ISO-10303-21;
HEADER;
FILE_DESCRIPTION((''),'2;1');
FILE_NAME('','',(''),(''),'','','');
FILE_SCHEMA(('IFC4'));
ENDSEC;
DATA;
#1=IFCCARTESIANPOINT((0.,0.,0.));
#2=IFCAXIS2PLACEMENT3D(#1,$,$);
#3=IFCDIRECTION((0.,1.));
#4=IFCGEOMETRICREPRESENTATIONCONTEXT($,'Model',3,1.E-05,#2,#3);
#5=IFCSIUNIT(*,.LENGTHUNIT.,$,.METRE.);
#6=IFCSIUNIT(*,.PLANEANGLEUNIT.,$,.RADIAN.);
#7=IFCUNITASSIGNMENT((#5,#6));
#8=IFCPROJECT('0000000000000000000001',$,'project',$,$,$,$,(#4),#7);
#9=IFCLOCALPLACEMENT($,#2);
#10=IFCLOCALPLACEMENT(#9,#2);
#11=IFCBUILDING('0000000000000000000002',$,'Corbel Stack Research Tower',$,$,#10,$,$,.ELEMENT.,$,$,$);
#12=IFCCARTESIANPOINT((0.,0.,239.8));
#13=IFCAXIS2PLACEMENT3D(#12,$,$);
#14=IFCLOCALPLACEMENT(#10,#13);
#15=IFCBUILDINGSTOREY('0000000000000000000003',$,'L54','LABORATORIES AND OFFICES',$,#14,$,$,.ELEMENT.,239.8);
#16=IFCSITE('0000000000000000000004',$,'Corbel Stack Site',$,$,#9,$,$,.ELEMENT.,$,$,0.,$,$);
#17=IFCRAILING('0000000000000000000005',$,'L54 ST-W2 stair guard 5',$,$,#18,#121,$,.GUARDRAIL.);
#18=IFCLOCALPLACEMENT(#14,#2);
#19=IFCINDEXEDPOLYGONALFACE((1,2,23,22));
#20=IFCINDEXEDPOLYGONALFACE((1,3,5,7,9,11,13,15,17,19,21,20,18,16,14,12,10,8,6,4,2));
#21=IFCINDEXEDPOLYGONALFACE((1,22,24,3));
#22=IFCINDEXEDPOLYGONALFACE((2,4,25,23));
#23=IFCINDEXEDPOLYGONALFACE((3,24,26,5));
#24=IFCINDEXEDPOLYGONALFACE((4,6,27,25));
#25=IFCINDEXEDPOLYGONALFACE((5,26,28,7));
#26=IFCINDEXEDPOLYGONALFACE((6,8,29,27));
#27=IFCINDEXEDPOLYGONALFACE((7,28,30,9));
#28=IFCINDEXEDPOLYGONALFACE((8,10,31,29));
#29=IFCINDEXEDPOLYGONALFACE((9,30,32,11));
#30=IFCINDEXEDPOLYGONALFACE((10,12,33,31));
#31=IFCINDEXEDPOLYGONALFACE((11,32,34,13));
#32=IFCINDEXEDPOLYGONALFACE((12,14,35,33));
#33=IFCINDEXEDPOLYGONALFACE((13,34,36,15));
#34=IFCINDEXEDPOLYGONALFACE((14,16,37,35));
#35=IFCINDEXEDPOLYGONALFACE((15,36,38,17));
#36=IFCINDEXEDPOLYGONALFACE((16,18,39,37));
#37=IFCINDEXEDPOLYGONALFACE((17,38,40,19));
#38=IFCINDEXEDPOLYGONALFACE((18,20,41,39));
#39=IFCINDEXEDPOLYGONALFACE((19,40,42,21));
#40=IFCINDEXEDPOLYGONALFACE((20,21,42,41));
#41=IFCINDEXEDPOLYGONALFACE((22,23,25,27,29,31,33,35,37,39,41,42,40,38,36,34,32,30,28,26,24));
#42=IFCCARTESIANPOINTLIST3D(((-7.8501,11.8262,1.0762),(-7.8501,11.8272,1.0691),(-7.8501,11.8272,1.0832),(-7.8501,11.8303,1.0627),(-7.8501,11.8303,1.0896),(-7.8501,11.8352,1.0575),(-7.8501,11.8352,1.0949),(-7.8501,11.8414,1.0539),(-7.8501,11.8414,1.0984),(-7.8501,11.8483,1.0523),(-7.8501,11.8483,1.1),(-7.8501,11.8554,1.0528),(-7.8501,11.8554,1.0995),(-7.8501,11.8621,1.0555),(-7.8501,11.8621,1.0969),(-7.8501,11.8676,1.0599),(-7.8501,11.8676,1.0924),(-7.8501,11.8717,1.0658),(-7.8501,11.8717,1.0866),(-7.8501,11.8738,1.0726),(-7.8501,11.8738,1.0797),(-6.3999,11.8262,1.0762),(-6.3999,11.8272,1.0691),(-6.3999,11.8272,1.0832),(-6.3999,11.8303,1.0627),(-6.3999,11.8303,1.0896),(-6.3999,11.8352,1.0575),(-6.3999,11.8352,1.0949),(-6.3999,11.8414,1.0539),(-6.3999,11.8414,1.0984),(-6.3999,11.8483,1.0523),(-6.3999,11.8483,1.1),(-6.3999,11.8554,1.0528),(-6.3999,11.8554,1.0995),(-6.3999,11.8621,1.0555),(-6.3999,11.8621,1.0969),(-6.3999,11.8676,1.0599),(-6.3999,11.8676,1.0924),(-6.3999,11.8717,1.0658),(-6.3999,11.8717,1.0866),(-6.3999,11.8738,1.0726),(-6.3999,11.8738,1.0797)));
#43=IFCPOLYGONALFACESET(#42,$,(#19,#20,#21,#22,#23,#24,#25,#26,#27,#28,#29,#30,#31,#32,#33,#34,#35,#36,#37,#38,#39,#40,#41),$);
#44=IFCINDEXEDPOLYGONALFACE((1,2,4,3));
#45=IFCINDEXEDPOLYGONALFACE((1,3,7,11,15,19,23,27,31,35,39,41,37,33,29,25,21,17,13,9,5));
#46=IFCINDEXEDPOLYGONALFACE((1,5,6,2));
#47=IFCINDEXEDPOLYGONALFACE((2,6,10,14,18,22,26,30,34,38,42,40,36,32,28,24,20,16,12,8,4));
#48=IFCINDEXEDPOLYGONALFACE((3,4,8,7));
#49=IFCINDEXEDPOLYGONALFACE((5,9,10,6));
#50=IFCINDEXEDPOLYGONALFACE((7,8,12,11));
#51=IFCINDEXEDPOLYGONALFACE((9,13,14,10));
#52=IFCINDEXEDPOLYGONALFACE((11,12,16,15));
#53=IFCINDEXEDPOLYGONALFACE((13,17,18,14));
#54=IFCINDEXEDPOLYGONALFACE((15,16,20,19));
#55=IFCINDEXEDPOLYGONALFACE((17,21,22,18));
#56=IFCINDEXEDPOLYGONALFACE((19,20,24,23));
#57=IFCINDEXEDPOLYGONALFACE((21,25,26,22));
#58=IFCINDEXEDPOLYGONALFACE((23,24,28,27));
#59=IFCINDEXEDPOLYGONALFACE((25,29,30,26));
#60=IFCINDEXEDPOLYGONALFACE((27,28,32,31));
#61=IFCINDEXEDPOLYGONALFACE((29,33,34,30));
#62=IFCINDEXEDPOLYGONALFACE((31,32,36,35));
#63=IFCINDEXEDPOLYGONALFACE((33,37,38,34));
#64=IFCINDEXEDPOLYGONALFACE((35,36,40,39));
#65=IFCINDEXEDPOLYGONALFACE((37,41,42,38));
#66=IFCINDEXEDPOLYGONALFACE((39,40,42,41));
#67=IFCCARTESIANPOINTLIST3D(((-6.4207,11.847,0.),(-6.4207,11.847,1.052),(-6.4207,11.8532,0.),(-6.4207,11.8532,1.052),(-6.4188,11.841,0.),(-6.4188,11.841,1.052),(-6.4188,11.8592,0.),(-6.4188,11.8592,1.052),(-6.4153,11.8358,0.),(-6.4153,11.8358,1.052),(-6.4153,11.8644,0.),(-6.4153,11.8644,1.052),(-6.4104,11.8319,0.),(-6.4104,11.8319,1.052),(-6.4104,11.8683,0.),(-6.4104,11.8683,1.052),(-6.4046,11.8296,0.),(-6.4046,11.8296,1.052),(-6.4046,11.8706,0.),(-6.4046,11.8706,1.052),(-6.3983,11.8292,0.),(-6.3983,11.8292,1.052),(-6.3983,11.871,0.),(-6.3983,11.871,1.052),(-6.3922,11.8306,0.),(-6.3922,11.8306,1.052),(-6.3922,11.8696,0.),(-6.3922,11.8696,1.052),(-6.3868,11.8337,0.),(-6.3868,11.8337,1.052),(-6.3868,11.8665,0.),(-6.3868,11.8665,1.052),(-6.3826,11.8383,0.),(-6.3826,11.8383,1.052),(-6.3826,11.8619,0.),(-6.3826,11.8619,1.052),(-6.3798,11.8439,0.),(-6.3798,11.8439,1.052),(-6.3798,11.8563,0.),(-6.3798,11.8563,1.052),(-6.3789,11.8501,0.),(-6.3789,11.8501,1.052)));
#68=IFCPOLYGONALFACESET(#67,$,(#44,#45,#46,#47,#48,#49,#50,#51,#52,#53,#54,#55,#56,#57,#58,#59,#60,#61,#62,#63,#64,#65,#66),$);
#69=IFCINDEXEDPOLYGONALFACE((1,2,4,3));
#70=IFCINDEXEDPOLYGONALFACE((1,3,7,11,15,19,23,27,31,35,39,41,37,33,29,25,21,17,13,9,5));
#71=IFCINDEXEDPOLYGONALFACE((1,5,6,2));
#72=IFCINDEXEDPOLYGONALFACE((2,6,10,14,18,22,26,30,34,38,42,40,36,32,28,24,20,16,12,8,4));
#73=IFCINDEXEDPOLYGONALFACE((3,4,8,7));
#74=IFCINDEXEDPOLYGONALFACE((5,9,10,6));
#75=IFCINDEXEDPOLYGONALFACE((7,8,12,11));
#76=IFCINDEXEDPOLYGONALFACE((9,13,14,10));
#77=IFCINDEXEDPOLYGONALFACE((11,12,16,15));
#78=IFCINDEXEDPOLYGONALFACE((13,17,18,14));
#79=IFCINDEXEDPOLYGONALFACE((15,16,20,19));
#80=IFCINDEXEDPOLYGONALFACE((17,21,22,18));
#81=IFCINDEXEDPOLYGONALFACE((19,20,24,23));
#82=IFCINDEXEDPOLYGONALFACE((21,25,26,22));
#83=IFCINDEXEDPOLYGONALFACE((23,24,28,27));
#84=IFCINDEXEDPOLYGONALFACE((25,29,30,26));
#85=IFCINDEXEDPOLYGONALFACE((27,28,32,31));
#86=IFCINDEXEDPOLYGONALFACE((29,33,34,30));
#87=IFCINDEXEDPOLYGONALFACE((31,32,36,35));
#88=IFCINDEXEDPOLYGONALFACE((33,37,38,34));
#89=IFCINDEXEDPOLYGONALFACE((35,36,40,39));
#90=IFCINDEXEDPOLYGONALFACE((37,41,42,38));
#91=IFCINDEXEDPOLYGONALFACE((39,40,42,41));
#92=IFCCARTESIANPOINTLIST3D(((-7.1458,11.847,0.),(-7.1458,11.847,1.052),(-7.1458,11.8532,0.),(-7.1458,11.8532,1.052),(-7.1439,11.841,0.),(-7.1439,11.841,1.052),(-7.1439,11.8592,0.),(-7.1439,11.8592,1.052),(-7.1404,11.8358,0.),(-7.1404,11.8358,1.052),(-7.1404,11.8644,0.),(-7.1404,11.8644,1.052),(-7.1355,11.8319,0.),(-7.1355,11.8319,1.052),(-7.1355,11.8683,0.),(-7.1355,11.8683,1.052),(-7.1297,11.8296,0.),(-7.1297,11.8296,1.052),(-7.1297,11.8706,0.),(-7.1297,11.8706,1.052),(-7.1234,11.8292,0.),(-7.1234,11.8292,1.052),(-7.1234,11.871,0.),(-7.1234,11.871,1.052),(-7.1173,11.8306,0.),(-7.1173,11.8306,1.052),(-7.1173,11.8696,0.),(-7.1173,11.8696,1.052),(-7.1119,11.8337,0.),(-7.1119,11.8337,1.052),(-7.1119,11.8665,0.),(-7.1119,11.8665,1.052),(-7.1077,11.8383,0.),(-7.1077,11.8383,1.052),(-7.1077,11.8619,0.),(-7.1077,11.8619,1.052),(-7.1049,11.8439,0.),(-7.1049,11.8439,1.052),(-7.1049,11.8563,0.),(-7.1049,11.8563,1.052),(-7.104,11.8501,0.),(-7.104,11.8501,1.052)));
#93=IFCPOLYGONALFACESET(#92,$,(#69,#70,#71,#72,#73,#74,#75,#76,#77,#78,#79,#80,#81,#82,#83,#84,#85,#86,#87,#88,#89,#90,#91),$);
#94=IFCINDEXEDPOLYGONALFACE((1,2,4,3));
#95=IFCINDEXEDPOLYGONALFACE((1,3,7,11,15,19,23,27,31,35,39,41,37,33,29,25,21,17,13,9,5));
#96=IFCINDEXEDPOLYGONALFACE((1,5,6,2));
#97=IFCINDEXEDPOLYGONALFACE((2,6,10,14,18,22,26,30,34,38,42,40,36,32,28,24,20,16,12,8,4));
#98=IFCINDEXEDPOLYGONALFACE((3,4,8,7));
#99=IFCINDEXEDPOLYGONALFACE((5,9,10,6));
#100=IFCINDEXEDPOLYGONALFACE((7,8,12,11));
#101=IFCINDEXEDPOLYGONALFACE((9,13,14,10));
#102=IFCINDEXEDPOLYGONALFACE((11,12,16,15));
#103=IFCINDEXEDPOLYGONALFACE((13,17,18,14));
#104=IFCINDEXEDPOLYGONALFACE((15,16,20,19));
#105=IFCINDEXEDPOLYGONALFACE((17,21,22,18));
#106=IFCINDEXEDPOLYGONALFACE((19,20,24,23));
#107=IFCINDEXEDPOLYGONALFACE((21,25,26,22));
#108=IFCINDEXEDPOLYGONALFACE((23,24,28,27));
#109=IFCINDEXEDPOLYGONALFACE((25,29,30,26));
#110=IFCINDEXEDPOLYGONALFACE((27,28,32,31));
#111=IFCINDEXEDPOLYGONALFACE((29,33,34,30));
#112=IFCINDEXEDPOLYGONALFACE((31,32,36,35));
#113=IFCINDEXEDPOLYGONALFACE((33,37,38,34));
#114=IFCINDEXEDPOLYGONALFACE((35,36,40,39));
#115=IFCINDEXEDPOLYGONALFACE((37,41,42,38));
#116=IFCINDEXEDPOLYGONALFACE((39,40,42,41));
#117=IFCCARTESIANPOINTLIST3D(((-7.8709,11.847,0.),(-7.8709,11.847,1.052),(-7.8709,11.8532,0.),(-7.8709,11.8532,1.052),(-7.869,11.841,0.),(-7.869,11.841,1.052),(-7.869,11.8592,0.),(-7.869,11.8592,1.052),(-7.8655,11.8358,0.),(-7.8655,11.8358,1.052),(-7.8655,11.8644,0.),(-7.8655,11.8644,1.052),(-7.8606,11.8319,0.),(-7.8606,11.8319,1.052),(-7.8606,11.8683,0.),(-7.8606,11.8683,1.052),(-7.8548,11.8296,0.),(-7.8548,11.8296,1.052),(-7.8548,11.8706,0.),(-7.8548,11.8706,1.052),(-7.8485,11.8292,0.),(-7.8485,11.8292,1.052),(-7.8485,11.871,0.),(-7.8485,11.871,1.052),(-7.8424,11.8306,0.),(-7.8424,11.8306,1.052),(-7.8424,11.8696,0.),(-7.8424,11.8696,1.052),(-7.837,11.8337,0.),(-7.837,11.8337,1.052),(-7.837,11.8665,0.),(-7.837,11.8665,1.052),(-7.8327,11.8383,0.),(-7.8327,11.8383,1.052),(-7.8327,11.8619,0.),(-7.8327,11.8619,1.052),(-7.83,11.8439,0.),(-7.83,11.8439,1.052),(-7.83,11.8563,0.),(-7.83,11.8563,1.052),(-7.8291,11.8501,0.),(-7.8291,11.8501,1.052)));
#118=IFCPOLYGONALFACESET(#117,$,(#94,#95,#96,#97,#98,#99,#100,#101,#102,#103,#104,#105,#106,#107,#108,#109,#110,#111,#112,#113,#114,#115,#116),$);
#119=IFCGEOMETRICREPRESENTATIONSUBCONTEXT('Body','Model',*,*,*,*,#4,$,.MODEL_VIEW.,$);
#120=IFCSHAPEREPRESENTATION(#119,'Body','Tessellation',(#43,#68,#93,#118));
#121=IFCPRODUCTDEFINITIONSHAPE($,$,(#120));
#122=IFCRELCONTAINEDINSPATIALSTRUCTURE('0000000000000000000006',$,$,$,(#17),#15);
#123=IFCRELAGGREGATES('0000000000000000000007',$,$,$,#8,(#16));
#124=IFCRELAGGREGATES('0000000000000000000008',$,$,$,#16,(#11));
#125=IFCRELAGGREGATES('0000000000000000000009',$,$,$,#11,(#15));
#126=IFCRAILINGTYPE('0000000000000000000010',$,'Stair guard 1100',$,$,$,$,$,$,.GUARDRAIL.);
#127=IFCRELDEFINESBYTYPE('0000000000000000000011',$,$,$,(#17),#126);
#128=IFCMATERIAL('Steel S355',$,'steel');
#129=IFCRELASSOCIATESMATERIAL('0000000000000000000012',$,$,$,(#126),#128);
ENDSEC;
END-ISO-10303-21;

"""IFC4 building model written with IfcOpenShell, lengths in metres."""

from ifc_helpers import new_model, si_unit, direction, frame, origin, origin_2d, place, context, subcontext, project, spatial, circle, extrude, material, type_object, element, save


model = new_model("IFC4")

# Units and contexts
model_context = context("Model", 3, precision=1e-05, world=origin(), true_north=direction((0.0, 1.0)))
body_context = subcontext(model_context, "Body", "Model", "MODEL_VIEW")
ifc_project = project(units=[si_unit("LENGTHUNIT", "METRE"), si_unit("PLANEANGLEUNIT", "RADIAN")], contexts=[model_context])

# Site, building, storey
site_placement = place(None, origin())
site = spatial("IfcSite", under=ifc_project, at=site_placement, Name="Corbel Stack Site", CompositionType="ELEMENT", RefElevation=0.0)
building_placement = place(site_placement, origin())
building = spatial("IfcBuilding", under=site, at=building_placement, Name="Corbel Stack Research Tower", CompositionType="ELEMENT")
storey_placement = place(building_placement, frame((0.0, 0.0, 239.8)))
storey = spatial("IfcBuildingStorey", under=building, at=storey_placement, Name="L54", Description="LABORATORIES AND OFFICES", CompositionType="ELEMENT", Elevation=239.8)

# Railing
ifc_material_1 = material(Name="Steel S355", Category="steel")
railing_type_1 = type_object("IfcRailingType", Name="Stair guard 1100", PredefinedType="GUARDRAIL", material=ifc_material_1)
railing_1_placement = place(storey_placement, frame((-6.3999, 11.8501, 0.0)))
element("IfcRailing", 1, at=railing_1_placement, inside=storey, type_object=railing_type_1, Name="L54 ST-W2 stair guard 5", PredefinedType="GUARDRAIL", context=body_context, shape_type="SweptSolid", body=[
    extrude(circle(Radius=0.0239, at=origin_2d()), frame((0.0, 0.0, 1.0762), z_axis=(-1.0, 0.0, 0.0), x_axis=(0.0, -1.0, 0.0)), (0.0, 0.0, 1.0), 1.4502),
    extrude(circle(Radius=0.021, at=origin_2d()), origin(), (0.0, 0.0, 1.0), 1.052),
    extrude(circle(Radius=0.021, at=origin_2d()), frame((-0.7251, 0.0, 0.0)), (0.0, 0.0, 1.0), 1.052),
    extrude(circle(Radius=0.021, at=origin_2d()), frame((-1.4502, 0.0, 0.0)), (0.0, 0.0, 1.0), 1.052),
])

save(model, "model.ifc")
